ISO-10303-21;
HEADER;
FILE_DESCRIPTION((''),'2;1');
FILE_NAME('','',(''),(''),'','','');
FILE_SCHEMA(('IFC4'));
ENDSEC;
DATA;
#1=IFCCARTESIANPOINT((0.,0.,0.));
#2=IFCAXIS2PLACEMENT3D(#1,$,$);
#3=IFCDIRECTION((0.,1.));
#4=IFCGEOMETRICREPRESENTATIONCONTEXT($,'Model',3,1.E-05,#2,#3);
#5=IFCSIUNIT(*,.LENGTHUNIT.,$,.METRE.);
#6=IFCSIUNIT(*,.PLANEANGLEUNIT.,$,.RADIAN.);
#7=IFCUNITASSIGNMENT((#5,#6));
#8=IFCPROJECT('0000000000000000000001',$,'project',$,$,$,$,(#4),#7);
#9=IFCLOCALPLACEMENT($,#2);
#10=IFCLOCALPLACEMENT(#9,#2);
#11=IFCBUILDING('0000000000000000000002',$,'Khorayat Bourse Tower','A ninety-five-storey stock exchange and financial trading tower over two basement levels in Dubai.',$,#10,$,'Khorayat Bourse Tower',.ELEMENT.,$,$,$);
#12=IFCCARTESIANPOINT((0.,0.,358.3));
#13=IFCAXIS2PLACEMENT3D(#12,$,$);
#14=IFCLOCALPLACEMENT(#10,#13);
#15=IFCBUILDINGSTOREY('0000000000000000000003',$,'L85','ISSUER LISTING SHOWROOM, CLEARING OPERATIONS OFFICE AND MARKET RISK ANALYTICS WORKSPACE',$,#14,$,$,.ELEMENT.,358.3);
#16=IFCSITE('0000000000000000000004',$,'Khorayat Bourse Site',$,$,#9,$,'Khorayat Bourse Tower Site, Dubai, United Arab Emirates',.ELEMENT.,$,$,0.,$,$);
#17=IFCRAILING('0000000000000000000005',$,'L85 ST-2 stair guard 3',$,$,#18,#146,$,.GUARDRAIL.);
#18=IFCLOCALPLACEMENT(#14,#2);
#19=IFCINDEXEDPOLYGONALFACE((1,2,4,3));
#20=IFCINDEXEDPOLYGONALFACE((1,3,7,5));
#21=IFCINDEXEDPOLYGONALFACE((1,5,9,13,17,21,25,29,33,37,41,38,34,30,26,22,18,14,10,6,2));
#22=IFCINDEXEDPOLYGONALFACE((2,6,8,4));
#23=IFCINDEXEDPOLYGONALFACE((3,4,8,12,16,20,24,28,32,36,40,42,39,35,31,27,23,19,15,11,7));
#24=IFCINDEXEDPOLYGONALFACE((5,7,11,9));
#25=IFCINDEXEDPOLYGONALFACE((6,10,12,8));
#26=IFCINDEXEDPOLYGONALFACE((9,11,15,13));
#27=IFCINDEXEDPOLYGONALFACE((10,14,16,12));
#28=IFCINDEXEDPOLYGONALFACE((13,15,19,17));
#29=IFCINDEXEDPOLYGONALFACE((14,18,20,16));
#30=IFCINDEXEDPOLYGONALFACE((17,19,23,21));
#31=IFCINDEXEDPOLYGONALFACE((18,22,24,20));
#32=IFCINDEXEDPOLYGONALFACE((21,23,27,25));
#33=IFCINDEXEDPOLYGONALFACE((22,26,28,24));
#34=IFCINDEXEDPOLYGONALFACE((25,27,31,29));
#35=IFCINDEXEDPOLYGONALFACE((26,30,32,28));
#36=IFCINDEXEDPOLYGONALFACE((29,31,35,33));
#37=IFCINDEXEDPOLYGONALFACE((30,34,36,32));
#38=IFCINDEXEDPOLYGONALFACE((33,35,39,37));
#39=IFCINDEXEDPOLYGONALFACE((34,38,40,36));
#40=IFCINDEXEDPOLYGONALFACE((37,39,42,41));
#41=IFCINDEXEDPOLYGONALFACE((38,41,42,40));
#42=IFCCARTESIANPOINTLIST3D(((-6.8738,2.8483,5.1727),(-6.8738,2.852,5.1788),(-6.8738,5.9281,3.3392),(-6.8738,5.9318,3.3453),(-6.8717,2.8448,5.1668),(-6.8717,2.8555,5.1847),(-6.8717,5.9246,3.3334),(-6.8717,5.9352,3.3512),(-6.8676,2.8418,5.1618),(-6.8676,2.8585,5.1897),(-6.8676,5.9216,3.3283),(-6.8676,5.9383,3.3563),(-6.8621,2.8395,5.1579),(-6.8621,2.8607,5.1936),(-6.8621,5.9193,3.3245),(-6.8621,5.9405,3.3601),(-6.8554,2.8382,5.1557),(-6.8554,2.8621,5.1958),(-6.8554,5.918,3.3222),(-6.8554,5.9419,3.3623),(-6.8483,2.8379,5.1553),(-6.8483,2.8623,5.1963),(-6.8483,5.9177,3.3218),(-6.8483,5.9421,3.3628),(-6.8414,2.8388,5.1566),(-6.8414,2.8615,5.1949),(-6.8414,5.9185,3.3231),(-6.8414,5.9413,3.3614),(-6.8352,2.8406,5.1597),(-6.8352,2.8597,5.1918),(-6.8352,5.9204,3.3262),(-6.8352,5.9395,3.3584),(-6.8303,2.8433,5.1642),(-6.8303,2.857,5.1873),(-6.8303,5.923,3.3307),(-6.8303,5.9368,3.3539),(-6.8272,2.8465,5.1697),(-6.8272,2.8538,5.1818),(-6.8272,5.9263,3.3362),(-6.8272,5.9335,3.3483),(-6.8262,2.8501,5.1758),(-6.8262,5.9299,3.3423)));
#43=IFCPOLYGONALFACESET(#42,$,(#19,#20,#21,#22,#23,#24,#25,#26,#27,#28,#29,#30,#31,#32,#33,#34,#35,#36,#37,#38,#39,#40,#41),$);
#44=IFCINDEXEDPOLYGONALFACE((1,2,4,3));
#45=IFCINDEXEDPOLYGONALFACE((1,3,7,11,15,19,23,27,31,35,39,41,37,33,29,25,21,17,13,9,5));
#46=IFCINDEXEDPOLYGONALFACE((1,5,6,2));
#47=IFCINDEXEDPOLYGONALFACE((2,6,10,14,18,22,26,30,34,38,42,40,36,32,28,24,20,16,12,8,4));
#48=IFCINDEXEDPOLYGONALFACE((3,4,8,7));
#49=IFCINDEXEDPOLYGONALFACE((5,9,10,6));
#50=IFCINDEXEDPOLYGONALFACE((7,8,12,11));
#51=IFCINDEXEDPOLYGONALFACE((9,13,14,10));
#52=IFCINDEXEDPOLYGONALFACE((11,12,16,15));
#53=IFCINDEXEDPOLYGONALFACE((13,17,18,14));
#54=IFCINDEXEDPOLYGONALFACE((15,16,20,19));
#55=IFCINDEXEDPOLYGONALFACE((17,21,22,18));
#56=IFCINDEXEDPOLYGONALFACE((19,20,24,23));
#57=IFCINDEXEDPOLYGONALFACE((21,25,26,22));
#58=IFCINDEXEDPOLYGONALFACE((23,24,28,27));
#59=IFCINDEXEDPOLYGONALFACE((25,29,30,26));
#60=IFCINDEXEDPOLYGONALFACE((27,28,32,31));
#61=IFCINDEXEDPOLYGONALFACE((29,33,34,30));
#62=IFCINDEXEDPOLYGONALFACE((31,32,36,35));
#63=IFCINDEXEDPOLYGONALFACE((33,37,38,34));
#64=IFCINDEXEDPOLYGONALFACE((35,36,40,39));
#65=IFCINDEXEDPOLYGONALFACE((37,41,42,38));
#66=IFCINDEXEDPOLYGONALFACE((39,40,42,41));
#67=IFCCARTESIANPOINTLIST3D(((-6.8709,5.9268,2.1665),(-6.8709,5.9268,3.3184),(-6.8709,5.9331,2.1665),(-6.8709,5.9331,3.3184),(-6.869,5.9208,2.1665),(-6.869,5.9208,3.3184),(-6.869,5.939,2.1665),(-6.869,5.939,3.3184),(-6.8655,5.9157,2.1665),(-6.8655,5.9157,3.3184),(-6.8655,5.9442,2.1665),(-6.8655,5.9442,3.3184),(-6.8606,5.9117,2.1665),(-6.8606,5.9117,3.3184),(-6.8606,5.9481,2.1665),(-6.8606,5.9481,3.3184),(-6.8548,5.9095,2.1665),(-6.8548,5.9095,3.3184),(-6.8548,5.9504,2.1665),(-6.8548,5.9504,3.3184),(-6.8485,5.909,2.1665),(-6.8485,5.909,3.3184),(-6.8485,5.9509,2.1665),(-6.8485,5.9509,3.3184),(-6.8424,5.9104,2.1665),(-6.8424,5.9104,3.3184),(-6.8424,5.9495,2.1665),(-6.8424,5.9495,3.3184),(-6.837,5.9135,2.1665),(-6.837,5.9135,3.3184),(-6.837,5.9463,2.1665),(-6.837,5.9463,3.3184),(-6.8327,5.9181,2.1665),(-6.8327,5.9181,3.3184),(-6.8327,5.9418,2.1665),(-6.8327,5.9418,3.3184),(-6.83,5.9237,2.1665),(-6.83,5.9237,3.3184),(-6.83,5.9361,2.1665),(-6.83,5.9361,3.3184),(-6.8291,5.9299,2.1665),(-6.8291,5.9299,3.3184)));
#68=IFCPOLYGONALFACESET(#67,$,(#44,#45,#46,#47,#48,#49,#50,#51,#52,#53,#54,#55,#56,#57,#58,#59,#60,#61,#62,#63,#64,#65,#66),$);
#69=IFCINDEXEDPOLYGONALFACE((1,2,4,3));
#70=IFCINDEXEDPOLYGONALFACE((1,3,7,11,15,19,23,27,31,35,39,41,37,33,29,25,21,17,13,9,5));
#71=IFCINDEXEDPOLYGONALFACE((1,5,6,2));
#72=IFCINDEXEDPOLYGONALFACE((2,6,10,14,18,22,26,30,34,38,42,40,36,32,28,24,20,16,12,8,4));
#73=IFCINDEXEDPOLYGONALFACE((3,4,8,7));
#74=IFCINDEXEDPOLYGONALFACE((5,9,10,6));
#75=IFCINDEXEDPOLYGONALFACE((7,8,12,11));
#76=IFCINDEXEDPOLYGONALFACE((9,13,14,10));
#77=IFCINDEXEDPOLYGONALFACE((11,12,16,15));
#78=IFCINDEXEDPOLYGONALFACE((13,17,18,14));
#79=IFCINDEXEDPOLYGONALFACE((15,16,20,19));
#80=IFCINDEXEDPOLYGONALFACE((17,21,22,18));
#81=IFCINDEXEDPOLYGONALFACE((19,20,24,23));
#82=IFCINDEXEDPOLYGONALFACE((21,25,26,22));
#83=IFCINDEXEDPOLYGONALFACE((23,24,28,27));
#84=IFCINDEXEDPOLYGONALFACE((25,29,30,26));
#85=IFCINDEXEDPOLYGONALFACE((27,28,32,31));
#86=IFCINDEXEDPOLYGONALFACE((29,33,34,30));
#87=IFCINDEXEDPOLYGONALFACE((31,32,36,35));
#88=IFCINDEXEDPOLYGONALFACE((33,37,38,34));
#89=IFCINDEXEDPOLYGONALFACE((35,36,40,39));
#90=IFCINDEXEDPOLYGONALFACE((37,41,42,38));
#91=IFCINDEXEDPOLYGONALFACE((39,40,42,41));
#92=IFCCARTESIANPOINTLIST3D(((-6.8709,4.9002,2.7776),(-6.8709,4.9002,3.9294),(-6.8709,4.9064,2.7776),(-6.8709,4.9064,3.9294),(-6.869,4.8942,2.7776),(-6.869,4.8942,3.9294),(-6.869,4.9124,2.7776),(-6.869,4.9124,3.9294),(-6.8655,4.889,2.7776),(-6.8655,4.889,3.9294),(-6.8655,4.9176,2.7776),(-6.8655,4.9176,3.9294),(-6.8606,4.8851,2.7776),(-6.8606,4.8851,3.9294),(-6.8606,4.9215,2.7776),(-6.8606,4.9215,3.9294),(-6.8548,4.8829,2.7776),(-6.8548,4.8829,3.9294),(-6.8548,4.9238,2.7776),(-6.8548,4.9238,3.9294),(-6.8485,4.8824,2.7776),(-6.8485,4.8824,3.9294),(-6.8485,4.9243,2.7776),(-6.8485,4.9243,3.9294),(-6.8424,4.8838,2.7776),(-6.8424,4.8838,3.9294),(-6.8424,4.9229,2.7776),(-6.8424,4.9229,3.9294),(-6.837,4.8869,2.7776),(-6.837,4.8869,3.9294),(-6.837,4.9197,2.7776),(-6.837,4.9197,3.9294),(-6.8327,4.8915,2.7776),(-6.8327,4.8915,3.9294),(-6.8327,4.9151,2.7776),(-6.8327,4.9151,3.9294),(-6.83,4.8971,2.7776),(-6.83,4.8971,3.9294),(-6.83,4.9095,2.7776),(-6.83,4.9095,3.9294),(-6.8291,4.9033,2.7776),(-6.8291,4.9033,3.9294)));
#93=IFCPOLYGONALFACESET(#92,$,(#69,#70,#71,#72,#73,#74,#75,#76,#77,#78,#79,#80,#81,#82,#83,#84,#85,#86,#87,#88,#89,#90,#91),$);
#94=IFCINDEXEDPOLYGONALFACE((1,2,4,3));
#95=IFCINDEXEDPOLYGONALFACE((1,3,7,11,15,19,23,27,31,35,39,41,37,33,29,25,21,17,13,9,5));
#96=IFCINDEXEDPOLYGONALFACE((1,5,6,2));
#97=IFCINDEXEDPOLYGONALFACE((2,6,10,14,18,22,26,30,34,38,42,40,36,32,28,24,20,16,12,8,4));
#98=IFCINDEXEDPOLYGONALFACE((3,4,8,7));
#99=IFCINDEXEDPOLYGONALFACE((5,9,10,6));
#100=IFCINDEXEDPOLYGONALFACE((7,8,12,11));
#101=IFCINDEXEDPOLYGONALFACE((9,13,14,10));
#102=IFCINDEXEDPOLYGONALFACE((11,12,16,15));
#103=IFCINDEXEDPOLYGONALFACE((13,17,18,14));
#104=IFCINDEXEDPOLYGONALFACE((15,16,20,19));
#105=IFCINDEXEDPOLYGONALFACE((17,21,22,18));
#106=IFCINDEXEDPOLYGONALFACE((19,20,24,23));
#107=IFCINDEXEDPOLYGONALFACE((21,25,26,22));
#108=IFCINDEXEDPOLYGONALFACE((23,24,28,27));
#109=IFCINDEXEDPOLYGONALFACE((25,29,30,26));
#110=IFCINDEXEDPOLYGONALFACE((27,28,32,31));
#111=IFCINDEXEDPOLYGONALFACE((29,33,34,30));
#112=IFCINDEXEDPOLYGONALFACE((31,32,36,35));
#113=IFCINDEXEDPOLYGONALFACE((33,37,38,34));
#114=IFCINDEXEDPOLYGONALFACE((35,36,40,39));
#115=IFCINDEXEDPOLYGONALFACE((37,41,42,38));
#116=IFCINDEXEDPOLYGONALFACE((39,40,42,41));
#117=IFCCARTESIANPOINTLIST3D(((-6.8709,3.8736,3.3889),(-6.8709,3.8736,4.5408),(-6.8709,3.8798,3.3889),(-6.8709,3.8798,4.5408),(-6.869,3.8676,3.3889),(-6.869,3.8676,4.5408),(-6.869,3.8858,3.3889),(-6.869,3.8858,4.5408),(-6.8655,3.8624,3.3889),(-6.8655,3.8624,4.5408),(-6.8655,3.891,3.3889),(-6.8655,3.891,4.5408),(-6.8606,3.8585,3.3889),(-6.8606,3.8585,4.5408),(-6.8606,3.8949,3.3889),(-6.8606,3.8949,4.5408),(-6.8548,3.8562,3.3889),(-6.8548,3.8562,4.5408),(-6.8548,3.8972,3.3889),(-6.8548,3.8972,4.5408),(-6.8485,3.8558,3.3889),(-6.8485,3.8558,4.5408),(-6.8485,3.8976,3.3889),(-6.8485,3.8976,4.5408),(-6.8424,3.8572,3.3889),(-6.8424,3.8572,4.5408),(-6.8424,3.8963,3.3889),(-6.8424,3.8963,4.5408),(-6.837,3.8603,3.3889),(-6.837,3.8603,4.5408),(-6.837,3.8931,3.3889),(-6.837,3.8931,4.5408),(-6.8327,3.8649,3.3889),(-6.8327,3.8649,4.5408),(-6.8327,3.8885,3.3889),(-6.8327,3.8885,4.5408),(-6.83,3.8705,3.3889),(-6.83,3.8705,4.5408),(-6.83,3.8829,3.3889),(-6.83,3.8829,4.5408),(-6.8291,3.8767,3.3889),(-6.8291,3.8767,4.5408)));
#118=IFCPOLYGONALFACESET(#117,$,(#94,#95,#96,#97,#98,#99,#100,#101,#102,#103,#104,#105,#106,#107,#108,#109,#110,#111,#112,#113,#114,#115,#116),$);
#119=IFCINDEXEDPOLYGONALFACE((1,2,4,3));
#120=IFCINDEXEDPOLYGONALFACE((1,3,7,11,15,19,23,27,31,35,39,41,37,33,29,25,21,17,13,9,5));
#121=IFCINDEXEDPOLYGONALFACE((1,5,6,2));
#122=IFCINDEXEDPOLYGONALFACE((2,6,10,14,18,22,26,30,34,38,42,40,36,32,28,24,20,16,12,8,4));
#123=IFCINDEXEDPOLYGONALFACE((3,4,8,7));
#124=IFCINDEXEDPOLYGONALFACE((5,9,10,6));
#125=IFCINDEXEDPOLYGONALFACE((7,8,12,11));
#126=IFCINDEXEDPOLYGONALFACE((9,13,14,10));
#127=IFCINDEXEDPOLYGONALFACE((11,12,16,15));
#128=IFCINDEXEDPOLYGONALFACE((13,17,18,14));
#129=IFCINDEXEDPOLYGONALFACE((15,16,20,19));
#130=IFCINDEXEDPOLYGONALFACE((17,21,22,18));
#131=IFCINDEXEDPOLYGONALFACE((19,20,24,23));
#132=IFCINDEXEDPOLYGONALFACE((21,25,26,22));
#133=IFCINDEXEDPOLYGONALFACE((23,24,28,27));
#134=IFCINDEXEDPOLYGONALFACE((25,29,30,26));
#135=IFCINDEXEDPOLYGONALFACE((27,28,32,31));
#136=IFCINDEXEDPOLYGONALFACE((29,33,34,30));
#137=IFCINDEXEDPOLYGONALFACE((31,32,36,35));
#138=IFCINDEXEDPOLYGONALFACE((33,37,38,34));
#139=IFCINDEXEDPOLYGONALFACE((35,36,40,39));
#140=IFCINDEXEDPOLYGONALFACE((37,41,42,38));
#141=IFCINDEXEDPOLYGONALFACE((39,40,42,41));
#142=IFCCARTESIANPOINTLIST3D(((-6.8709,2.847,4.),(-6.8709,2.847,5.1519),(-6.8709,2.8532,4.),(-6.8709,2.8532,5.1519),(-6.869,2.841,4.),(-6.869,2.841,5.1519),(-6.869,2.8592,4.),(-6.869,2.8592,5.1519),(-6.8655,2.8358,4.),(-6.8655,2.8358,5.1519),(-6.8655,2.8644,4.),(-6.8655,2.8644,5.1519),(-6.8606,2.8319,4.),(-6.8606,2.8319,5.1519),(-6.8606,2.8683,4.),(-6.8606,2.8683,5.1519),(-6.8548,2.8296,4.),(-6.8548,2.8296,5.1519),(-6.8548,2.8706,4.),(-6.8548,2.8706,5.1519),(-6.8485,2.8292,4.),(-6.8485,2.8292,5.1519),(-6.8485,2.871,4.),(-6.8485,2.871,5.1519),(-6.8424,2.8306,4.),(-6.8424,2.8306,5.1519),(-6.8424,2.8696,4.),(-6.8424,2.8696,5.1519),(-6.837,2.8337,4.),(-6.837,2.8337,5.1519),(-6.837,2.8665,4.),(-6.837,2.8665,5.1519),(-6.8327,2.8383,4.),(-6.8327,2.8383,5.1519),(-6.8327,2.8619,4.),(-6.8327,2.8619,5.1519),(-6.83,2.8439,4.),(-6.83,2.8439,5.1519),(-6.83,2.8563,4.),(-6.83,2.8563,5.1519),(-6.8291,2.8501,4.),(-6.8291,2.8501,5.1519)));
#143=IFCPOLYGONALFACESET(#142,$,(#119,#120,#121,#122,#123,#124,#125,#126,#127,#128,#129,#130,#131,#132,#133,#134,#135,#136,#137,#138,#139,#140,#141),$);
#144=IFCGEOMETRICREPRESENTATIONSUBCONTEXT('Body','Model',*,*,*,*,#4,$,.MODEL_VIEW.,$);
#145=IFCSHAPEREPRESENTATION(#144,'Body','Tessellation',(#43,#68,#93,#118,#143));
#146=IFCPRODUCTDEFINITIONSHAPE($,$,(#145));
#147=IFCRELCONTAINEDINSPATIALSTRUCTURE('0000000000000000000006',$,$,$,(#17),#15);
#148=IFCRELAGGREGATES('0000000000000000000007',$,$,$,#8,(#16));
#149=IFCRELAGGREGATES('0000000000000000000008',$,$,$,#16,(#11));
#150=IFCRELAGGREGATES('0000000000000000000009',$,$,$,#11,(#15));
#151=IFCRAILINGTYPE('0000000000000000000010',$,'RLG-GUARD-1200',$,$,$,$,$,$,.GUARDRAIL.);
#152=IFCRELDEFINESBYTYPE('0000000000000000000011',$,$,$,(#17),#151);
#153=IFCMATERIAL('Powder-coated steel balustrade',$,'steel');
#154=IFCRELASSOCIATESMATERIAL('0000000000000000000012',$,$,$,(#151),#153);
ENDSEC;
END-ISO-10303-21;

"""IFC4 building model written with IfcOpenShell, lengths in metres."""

from ifc_helpers import new_model, si_unit, direction, frame, origin, origin_2d, place, context, subcontext, project, spatial, circle, extrude, source, transform, mapped, material, type_object, element, save


model = new_model("IFC4")

# Units and contexts
model_context = context("Model", 3, precision=1e-05, world=origin(), true_north=direction((0.0, 1.0)))
body_context = subcontext(model_context, "Body", "Model", "MODEL_VIEW")
ifc_project = project(units=[si_unit("LENGTHUNIT", "METRE"), si_unit("PLANEANGLEUNIT", "RADIAN")], contexts=[model_context])

# Site, building, storey
site_placement = place(None, origin())
site = spatial("IfcSite", under=ifc_project, at=site_placement, Name="Khorayat Bourse Site", LongName="Khorayat Bourse Tower Site, Dubai, United Arab Emirates", CompositionType="ELEMENT", RefElevation=0.0)
building_placement = place(site_placement, origin())
building = spatial("IfcBuilding", under=site, at=building_placement, Name="Khorayat Bourse Tower", Description="A ninety-five-storey stock exchange and financial trading tower over two basement levels in Dubai.", LongName="Khorayat Bourse Tower", CompositionType="ELEMENT")
storey_placement = place(building_placement, frame((0.0, 0.0, 358.3)))
storey = spatial("IfcBuildingStorey", under=building, at=storey_placement, Name="L85", Description="ISSUER LISTING SHOWROOM, CLEARING OPERATIONS OFFICE AND MARKET RISK ANALYTICS WORKSPACE", CompositionType="ELEMENT", Elevation=358.3)

# Railing
ifc_material_1 = material(Name="Powder-coated steel balustrade", Category="steel")
railing_type_1 = type_object("IfcRailingType", Name="RLG-GUARD-1200", PredefinedType="GUARDRAIL", material=ifc_material_1)
shared_shape_1 = source(origin(), body_context, "Body", "SweptSolid", [
    extrude(circle(Radius=0.0239, at=origin_2d()), frame((0.0, 0.0, 1.1758), z_axis=(0.0, -0.859261, 0.511538), x_axis=(1.0, 0.0, 0.0)), (0.0, 0.0, 1.0), 3.5842),
    extrude(circle(Radius=0.021, at=origin_2d()), origin(), (0.0, 0.0, 1.0), 1.1519),
    extrude(circle(Radius=0.021, at=origin_2d()), frame((0.0, -1.0266, 0.6111)), (0.0, 0.0, 1.0), 1.1519),
    extrude(circle(Radius=0.021, at=origin_2d()), frame((0.0, -2.0532, 1.2224)), (0.0, 0.0, 1.0), 1.1519),
    extrude(circle(Radius=0.021, at=origin_2d()), frame((0.0, -3.0798, 1.8335)), (0.0, 0.0, 1.0), 1.1519),
])
railing_1_placement = place(storey_placement, frame((-6.8501, 5.9299, 2.1665)))
element("IfcRailing", 1, at=railing_1_placement, inside=storey, type_object=railing_type_1, Name="L85 ST-2 stair guard 3", PredefinedType="GUARDRAIL", context=body_context, shape_type="MappedRepresentation", body=[
    mapped(shared_shape_1, transform((0.0, 0.0, 0.0), scale=1.0)),
])

save(model, "model.ifc")
